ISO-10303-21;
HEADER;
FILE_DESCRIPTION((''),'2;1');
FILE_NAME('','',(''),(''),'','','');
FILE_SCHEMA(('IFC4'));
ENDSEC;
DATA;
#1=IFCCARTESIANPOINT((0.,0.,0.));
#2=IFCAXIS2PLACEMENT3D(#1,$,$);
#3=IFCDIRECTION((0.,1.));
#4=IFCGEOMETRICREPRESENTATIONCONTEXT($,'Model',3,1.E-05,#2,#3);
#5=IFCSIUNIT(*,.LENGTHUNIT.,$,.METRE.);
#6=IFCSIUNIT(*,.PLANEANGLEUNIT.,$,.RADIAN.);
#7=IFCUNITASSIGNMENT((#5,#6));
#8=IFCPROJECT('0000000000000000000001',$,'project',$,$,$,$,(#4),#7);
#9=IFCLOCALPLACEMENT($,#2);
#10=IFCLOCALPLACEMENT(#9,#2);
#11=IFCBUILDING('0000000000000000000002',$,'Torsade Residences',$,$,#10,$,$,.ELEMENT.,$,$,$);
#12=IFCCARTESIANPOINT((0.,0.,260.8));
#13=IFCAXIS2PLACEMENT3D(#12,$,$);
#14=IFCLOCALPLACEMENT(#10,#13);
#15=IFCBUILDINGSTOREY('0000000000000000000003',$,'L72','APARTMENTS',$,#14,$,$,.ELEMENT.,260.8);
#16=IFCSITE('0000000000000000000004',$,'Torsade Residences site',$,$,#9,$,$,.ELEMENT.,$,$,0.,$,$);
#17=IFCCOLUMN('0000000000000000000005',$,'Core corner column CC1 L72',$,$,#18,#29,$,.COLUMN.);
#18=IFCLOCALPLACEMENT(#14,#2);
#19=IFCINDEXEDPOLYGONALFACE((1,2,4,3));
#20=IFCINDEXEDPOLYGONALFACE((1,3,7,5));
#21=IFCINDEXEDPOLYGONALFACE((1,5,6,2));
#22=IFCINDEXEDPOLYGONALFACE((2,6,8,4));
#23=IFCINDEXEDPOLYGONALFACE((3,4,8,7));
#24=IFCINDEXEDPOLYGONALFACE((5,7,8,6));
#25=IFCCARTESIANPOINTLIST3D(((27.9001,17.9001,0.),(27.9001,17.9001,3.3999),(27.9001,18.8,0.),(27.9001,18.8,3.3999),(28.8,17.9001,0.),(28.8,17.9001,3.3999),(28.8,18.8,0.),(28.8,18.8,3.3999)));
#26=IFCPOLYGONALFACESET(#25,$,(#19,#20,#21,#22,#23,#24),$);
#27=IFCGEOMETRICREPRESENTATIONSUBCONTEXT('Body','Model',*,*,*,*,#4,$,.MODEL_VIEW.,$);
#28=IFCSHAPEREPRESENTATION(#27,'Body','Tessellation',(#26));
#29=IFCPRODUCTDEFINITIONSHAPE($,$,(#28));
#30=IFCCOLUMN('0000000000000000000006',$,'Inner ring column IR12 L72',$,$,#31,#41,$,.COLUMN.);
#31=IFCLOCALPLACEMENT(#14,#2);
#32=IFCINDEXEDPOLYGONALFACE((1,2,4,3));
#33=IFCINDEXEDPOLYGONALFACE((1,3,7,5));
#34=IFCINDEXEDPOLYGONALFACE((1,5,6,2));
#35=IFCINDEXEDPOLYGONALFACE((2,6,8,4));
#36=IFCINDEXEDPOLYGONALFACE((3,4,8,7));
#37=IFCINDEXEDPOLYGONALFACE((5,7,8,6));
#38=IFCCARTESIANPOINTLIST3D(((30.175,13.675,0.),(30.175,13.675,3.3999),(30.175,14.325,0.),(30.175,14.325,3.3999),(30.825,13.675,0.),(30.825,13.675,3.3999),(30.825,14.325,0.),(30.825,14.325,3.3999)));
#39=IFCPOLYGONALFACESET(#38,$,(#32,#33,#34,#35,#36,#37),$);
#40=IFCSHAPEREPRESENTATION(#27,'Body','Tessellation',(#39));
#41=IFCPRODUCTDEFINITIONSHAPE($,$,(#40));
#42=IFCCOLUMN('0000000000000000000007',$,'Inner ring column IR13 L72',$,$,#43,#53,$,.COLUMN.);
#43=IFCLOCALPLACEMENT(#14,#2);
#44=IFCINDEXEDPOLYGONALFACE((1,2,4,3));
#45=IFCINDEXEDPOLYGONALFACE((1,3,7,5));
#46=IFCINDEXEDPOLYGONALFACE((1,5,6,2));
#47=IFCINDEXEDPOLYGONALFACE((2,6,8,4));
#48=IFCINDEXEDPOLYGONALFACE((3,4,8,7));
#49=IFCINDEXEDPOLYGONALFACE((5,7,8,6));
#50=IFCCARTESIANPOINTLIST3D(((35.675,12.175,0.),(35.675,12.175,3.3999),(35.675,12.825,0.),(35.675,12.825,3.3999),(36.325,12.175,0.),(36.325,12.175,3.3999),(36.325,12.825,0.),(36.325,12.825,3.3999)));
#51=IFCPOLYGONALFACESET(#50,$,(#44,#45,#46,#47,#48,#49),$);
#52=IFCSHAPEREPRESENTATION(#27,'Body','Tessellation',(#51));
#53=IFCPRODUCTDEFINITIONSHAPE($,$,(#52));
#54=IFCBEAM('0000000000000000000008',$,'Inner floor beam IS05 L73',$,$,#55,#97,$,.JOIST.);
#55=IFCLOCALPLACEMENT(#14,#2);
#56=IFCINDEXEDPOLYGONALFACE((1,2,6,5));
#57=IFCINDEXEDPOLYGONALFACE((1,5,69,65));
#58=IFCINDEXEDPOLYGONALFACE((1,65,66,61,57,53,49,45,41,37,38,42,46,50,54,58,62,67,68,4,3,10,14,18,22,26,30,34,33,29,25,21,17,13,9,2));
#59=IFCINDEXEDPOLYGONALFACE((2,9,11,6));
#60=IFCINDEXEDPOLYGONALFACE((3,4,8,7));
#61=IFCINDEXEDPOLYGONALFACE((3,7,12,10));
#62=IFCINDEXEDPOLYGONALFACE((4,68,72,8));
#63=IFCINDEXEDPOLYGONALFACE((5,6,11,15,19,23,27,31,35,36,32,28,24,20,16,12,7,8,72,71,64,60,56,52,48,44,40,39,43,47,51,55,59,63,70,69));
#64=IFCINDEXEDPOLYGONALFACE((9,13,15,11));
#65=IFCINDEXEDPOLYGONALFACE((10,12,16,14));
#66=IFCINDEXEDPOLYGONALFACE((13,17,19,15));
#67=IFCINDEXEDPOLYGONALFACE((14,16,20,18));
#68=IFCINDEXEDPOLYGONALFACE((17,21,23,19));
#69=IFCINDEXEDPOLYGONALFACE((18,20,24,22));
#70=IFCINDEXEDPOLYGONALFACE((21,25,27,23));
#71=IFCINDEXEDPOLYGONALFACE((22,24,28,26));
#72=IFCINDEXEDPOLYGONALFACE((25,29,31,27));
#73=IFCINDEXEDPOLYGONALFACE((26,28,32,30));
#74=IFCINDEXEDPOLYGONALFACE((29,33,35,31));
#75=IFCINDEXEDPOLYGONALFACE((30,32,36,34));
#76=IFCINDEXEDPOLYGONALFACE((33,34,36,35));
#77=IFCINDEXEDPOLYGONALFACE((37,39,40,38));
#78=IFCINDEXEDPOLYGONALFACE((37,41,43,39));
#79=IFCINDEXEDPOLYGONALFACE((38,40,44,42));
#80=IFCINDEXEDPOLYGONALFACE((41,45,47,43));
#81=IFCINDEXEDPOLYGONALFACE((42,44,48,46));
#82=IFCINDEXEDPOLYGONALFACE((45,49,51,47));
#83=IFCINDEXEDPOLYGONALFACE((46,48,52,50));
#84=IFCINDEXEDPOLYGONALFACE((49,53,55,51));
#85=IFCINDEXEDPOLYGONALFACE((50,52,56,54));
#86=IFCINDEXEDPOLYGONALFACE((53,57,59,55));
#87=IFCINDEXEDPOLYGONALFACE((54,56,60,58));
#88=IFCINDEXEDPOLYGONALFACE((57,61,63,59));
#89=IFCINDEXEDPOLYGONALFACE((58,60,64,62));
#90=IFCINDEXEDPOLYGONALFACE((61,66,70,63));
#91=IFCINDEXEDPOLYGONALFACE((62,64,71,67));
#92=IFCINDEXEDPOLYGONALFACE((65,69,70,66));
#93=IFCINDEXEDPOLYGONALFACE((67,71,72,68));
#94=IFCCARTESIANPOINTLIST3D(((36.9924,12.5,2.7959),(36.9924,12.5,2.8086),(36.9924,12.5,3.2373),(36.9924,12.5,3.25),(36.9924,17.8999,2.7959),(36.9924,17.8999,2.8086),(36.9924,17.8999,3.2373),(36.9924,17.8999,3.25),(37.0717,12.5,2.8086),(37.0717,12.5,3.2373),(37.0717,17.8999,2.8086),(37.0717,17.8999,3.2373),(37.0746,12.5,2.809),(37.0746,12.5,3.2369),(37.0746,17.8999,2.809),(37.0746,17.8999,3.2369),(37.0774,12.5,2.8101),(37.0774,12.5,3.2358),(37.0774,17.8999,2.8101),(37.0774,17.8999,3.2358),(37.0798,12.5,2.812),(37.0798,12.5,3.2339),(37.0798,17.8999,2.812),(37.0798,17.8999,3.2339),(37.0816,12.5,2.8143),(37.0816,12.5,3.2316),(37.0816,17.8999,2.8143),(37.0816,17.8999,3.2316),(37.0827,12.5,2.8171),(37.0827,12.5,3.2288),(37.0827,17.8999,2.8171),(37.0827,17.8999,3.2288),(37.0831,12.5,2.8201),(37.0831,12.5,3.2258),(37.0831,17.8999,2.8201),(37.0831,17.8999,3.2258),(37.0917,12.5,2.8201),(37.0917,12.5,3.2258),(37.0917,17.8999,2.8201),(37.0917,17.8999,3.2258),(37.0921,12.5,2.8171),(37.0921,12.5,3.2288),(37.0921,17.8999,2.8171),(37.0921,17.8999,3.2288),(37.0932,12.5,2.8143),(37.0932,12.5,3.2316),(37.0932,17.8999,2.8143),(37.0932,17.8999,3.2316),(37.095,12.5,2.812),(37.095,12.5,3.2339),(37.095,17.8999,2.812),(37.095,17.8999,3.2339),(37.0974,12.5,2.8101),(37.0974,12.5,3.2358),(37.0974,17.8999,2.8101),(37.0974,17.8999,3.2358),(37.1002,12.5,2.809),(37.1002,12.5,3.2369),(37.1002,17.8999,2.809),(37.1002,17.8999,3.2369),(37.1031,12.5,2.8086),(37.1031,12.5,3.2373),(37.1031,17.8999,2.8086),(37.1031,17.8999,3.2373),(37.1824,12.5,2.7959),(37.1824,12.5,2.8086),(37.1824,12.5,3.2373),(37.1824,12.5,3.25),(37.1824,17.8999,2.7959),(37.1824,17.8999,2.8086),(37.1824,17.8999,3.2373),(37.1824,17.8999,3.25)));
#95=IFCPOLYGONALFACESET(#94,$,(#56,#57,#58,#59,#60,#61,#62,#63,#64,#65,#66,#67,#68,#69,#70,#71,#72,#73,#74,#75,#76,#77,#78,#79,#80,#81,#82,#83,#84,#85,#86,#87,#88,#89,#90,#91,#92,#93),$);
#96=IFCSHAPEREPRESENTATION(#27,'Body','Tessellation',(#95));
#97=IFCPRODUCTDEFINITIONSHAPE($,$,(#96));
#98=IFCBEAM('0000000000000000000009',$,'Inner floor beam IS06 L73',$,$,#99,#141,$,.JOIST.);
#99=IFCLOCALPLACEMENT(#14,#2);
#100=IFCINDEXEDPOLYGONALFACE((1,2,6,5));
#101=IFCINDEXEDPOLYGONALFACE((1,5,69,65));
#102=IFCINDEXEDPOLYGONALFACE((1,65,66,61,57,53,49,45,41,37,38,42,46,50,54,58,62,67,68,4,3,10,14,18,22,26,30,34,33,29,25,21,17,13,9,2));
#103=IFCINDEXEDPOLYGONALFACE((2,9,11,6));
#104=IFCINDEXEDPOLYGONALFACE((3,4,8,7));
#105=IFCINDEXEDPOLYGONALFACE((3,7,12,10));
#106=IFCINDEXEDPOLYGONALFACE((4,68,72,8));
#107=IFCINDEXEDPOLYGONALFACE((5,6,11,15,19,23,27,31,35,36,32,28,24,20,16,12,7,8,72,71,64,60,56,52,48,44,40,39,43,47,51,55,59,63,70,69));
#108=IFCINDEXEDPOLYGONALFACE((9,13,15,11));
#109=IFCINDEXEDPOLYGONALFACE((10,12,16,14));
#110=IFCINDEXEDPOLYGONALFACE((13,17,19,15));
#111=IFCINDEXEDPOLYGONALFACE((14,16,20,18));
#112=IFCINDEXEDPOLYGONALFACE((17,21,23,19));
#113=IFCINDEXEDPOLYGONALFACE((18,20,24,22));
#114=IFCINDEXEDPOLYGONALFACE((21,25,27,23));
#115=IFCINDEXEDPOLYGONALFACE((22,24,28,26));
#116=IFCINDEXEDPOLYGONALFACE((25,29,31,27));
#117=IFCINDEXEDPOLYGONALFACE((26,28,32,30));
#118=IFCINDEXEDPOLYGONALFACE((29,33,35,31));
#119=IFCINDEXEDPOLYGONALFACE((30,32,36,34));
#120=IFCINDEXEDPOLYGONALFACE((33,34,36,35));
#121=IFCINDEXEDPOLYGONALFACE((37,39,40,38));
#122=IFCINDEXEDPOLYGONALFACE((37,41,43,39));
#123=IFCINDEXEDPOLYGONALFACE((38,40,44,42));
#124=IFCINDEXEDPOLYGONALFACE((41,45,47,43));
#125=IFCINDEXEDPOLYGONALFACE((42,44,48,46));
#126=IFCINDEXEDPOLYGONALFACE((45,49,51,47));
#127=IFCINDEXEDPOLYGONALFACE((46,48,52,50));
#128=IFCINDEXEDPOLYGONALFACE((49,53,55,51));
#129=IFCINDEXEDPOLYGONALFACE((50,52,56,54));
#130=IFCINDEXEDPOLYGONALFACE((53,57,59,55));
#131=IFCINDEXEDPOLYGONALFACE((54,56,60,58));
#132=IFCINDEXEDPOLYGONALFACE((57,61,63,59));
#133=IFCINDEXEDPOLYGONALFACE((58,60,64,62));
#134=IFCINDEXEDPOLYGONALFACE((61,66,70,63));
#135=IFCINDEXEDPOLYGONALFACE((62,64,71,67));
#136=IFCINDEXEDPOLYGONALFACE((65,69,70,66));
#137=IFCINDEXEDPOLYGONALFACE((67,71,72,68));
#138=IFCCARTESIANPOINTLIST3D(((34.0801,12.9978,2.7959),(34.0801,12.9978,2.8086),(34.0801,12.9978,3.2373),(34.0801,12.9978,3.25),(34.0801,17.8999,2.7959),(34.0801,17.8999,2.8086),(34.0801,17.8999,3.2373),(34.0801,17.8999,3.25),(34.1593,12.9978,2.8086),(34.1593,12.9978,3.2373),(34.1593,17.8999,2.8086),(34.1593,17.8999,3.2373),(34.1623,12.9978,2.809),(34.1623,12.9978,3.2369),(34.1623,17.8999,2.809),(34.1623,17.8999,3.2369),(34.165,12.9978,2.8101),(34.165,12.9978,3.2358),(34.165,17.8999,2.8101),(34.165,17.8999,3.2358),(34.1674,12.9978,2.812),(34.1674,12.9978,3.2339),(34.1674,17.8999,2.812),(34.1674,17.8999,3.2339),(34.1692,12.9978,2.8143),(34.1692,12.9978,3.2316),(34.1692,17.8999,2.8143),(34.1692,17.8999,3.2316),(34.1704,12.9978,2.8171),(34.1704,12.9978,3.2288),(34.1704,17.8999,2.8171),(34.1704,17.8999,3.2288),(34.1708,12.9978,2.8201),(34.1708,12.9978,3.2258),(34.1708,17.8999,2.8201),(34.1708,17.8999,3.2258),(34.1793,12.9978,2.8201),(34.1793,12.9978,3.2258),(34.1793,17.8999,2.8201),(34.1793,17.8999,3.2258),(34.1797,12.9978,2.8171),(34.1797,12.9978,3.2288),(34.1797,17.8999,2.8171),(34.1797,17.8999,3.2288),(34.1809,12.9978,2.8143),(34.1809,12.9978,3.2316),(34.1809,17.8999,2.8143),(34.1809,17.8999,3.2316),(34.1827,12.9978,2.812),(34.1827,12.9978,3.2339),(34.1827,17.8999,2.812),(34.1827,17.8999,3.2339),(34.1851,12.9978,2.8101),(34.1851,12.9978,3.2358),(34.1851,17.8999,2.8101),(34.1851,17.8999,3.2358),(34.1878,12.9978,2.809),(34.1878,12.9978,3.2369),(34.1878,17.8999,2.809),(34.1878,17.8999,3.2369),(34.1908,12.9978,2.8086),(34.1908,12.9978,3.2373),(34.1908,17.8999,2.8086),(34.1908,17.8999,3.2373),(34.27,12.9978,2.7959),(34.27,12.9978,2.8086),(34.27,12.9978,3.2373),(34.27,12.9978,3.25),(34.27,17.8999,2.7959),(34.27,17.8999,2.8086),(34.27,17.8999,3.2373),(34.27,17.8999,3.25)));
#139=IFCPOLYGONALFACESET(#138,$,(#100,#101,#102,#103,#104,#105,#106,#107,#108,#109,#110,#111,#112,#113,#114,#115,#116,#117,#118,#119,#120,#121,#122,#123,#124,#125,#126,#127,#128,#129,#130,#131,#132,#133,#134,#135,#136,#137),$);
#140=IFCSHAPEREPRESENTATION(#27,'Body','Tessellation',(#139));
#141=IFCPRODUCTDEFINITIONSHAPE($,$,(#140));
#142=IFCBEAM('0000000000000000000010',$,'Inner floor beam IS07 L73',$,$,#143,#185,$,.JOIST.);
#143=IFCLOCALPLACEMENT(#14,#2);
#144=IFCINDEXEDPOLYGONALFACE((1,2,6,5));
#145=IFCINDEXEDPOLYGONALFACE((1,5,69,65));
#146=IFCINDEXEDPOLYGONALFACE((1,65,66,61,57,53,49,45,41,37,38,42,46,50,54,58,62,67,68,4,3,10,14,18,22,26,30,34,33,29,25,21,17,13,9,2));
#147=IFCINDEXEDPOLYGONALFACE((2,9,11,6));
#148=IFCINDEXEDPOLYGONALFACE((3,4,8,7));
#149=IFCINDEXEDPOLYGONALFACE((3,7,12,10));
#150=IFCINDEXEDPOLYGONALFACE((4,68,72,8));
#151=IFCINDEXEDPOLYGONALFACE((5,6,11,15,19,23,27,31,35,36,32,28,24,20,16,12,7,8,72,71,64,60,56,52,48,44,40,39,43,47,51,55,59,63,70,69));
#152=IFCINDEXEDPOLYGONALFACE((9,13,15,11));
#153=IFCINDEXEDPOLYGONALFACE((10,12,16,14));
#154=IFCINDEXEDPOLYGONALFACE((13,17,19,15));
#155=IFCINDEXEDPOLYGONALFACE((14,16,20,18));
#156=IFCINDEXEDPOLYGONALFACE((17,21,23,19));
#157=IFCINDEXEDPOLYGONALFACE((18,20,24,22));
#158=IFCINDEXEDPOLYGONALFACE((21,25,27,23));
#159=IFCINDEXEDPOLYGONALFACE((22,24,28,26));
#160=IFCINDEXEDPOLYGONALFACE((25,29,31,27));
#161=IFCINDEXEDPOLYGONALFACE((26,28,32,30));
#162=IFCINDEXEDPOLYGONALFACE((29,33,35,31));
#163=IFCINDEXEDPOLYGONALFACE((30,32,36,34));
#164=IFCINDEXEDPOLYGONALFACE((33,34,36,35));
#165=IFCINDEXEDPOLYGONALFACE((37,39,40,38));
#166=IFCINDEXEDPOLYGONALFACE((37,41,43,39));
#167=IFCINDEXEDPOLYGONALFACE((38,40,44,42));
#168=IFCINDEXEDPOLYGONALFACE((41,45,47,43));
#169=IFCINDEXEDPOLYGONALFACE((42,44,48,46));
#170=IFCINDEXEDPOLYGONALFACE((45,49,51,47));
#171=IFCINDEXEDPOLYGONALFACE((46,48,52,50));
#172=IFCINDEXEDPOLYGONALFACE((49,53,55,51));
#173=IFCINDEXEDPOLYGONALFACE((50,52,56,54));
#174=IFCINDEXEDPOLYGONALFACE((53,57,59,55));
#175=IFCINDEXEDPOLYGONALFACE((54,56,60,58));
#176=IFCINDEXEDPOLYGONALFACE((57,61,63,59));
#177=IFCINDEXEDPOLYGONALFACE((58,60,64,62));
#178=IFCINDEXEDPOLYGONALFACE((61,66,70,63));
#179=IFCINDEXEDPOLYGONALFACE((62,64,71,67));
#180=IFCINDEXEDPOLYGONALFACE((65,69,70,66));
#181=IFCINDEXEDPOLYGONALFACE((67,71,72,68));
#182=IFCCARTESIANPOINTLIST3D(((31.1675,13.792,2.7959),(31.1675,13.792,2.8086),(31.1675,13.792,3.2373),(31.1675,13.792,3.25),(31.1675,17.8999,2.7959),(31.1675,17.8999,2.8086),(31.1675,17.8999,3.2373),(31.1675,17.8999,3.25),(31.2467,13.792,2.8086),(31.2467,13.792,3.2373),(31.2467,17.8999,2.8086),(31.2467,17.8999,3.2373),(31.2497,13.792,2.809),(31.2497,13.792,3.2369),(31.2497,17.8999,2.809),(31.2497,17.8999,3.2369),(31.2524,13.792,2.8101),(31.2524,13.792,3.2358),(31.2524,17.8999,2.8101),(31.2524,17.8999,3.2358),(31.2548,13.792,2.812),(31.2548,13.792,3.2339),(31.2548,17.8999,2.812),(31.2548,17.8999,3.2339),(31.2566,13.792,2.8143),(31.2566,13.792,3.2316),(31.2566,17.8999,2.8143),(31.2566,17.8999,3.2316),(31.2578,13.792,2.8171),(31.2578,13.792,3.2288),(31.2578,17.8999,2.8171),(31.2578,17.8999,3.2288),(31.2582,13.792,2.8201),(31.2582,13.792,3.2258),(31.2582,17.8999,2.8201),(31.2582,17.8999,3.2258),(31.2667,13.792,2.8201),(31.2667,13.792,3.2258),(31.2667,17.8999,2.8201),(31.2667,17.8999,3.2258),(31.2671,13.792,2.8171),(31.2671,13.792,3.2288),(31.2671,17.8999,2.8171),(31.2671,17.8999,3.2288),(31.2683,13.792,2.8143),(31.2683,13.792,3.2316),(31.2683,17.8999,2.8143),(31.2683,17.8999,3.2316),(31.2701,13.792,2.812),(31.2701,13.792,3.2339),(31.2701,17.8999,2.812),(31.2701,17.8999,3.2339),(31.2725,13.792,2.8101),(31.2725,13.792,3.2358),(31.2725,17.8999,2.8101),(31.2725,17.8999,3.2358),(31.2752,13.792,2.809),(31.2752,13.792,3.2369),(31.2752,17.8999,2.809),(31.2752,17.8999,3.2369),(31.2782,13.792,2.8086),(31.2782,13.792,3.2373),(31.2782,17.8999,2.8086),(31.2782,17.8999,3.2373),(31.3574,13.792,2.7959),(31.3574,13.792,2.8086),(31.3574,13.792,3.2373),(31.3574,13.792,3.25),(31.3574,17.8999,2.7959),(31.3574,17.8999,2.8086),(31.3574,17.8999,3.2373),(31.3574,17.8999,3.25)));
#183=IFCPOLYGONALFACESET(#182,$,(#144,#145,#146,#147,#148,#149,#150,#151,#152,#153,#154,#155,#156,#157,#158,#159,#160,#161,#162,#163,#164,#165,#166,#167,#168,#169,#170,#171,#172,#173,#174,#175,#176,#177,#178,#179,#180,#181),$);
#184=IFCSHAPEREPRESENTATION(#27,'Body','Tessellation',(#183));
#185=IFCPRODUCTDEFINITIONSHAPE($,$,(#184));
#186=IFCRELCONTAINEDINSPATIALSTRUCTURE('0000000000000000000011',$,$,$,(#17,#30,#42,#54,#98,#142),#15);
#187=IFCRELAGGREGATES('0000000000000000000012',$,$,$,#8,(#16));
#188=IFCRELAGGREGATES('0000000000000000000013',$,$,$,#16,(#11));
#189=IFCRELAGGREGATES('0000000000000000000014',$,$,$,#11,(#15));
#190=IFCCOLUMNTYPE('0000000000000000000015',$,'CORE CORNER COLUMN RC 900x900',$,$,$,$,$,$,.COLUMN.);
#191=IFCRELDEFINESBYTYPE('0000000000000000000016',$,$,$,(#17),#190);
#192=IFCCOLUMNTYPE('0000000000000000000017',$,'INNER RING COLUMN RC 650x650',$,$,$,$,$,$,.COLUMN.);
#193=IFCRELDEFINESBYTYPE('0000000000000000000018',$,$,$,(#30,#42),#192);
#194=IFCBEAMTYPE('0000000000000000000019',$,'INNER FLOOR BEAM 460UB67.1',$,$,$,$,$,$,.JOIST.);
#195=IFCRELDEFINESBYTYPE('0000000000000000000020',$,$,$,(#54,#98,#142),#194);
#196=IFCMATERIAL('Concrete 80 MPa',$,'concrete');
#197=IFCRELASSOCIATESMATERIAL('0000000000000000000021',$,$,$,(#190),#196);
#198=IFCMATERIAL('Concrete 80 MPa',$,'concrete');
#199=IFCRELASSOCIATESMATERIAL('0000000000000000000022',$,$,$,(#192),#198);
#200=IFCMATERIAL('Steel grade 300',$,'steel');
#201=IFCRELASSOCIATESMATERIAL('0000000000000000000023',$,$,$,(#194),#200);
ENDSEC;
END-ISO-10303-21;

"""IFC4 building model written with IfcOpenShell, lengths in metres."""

from ifc_helpers import new_model, si_unit, direction, frame, origin, origin_2d, place, context, subcontext, project, spatial, rectangle, i_section, extrude, material, material_profile, profile_set, type_object, element, save


model = new_model("IFC4")

# Units and contexts
model_context = context("Model", 3, precision=1e-05, world=origin(), true_north=direction((0.0, 1.0)))
body_context = subcontext(model_context, "Body", "Model", "MODEL_VIEW")
ifc_project = project(units=[si_unit("LENGTHUNIT", "METRE"), si_unit("PLANEANGLEUNIT", "RADIAN")], contexts=[model_context])

# Site, building, storey
site_placement = place(None, origin())
site = spatial("IfcSite", under=ifc_project, at=site_placement, Name="Torsade Residences site", CompositionType="ELEMENT", RefElevation=0.0)
building_placement = place(site_placement, origin())
building = spatial("IfcBuilding", under=site, at=building_placement, Name="Torsade Residences", CompositionType="ELEMENT")
storey_placement = place(building_placement, frame((0.0, 0.0, 260.8)))
storey = spatial("IfcBuildingStorey", under=building, at=storey_placement, Name="L72", Description="APARTMENTS", CompositionType="ELEMENT", Elevation=260.8)

# Columns
ifc_material_1 = material(Name="Concrete 80 MPa", Category="concrete")
ifc_material_profile_1 = material_profile(ifc_material_1, rectangle(XDim=0.8999, YDim=0.8999, at=origin_2d()), Name="RC 900x900")
ifc_profile_set_1 = profile_set([ifc_material_profile_1], Name="Concrete 80 MPa")
column_type_1 = type_object("IfcColumnType", Name="CORE CORNER COLUMN RC 900x900", PredefinedType="COLUMN", material=ifc_profile_set_1)
column_placement = place(storey_placement, frame((28.3501, 18.3501, 0.0), z_axis=(0.0, 0.0, 1.0), x_axis=(1.0, 0.0, 0.0)))
element("IfcColumn", 1, at=column_placement, inside=storey, type_object=column_type_1, Name="Core corner column CC1 L72", PredefinedType="COLUMN", context=body_context, shape_type="SweptSolid", body=[
    extrude(rectangle(XDim=0.8999, YDim=0.8999, at=origin_2d()), origin(), (0.0, 0.0, 1.0), 3.3999),
])
ifc_material_2 = material(Name="Concrete 80 MPa", Category="concrete")
ifc_material_profile_2 = material_profile(ifc_material_2, rectangle(XDim=0.6499, YDim=0.6499, at=origin_2d()), Name="RC 650x650")
ifc_profile_set_2 = profile_set([ifc_material_profile_2], Name="Concrete 80 MPa")
column_type_2 = type_object("IfcColumnType", Name="INNER RING COLUMN RC 650x650", PredefinedType="COLUMN", material=ifc_profile_set_2)
for number, where, z_axis, x_axis, name in (
    (2, (30.5, 14.0, 0.0), (0.0, 0.0, 1.0), (1.0, 0.0, 0.0), "Inner ring column IR12 L72"),
    (3, (36.0, 12.5, 0.0), (0.0, 0.0, 1.0), (1.0, 0.0, 0.0), "Inner ring column IR13 L72"),
):
    element("IfcColumn", number, at=place(storey_placement, frame(where, z_axis=z_axis, x_axis=x_axis)), inside=storey, type_object=column_type_2, Name=name, PredefinedType="COLUMN", context=body_context, shape_type="SweptSolid", body=[
        extrude(rectangle(XDim=0.6499, YDim=0.6499, at=origin_2d()), origin(), (0.0, 0.0, 1.0), 3.3999),
    ])

# Beams
ifc_material_3 = material(Name="Steel grade 300", Category="steel")
ifc_material_profile_3 = material_profile(ifc_material_3, i_section(OverallWidth=0.1899, OverallDepth=0.4541, WebThickness=0.0085, FlangeThickness=0.0127, FilletRadius=0.0115, at=origin_2d()), Name="460UB67.1")
ifc_profile_set_3 = profile_set([ifc_material_profile_3], Name="Steel grade 300")
beam_type_1 = type_object("IfcBeamType", Name="INNER FLOOR BEAM 460UB67.1", PredefinedType="JOIST", material=ifc_profile_set_3)
beam_1_placement = place(storey_placement, frame((37.0874, 17.8999, 3.0229), z_axis=(0.0, -1.0, 0.0), x_axis=(1.0, 0.0, 0.0)))
element("IfcBeam", 4, at=beam_1_placement, inside=storey, type_object=beam_type_1, Name="Inner floor beam IS05 L73", PredefinedType="JOIST", context=body_context, shape_type="SweptSolid", body=[
    extrude(i_section(OverallWidth=0.1899, OverallDepth=0.4541, WebThickness=0.0085, FlangeThickness=0.0127, FilletRadius=0.0115, at=origin_2d()), origin(), (0.0, 0.0, 1.0), 5.3999),
])
beam_2_placement = place(storey_placement, frame((34.175, 17.8999, 3.0229), z_axis=(0.0, -1.0, 0.0), x_axis=(1.0, 0.0, 0.0)))
element("IfcBeam", 5, at=beam_2_placement, inside=storey, type_object=beam_type_1, Name="Inner floor beam IS06 L73", PredefinedType="JOIST", context=body_context, shape_type="SweptSolid", body=[
    extrude(i_section(OverallWidth=0.1899, OverallDepth=0.4541, WebThickness=0.0085, FlangeThickness=0.0127, FilletRadius=0.0115, at=origin_2d()), origin(), (0.0, 0.0, 1.0), 4.9021),
])
beam_3_placement = place(storey_placement, frame((31.2625, 17.8999, 3.0229), z_axis=(0.0, -1.0, 0.0), x_axis=(1.0, 0.0, 0.0)))
element("IfcBeam", 6, at=beam_3_placement, inside=storey, type_object=beam_type_1, Name="Inner floor beam IS07 L73", PredefinedType="JOIST", context=body_context, shape_type="SweptSolid", body=[
    extrude(i_section(OverallWidth=0.1899, OverallDepth=0.4541, WebThickness=0.0085, FlangeThickness=0.0127, FilletRadius=0.0115, at=origin_2d()), origin(), (0.0, 0.0, 1.0), 4.1079),
])

save(model, "model.ifc")
